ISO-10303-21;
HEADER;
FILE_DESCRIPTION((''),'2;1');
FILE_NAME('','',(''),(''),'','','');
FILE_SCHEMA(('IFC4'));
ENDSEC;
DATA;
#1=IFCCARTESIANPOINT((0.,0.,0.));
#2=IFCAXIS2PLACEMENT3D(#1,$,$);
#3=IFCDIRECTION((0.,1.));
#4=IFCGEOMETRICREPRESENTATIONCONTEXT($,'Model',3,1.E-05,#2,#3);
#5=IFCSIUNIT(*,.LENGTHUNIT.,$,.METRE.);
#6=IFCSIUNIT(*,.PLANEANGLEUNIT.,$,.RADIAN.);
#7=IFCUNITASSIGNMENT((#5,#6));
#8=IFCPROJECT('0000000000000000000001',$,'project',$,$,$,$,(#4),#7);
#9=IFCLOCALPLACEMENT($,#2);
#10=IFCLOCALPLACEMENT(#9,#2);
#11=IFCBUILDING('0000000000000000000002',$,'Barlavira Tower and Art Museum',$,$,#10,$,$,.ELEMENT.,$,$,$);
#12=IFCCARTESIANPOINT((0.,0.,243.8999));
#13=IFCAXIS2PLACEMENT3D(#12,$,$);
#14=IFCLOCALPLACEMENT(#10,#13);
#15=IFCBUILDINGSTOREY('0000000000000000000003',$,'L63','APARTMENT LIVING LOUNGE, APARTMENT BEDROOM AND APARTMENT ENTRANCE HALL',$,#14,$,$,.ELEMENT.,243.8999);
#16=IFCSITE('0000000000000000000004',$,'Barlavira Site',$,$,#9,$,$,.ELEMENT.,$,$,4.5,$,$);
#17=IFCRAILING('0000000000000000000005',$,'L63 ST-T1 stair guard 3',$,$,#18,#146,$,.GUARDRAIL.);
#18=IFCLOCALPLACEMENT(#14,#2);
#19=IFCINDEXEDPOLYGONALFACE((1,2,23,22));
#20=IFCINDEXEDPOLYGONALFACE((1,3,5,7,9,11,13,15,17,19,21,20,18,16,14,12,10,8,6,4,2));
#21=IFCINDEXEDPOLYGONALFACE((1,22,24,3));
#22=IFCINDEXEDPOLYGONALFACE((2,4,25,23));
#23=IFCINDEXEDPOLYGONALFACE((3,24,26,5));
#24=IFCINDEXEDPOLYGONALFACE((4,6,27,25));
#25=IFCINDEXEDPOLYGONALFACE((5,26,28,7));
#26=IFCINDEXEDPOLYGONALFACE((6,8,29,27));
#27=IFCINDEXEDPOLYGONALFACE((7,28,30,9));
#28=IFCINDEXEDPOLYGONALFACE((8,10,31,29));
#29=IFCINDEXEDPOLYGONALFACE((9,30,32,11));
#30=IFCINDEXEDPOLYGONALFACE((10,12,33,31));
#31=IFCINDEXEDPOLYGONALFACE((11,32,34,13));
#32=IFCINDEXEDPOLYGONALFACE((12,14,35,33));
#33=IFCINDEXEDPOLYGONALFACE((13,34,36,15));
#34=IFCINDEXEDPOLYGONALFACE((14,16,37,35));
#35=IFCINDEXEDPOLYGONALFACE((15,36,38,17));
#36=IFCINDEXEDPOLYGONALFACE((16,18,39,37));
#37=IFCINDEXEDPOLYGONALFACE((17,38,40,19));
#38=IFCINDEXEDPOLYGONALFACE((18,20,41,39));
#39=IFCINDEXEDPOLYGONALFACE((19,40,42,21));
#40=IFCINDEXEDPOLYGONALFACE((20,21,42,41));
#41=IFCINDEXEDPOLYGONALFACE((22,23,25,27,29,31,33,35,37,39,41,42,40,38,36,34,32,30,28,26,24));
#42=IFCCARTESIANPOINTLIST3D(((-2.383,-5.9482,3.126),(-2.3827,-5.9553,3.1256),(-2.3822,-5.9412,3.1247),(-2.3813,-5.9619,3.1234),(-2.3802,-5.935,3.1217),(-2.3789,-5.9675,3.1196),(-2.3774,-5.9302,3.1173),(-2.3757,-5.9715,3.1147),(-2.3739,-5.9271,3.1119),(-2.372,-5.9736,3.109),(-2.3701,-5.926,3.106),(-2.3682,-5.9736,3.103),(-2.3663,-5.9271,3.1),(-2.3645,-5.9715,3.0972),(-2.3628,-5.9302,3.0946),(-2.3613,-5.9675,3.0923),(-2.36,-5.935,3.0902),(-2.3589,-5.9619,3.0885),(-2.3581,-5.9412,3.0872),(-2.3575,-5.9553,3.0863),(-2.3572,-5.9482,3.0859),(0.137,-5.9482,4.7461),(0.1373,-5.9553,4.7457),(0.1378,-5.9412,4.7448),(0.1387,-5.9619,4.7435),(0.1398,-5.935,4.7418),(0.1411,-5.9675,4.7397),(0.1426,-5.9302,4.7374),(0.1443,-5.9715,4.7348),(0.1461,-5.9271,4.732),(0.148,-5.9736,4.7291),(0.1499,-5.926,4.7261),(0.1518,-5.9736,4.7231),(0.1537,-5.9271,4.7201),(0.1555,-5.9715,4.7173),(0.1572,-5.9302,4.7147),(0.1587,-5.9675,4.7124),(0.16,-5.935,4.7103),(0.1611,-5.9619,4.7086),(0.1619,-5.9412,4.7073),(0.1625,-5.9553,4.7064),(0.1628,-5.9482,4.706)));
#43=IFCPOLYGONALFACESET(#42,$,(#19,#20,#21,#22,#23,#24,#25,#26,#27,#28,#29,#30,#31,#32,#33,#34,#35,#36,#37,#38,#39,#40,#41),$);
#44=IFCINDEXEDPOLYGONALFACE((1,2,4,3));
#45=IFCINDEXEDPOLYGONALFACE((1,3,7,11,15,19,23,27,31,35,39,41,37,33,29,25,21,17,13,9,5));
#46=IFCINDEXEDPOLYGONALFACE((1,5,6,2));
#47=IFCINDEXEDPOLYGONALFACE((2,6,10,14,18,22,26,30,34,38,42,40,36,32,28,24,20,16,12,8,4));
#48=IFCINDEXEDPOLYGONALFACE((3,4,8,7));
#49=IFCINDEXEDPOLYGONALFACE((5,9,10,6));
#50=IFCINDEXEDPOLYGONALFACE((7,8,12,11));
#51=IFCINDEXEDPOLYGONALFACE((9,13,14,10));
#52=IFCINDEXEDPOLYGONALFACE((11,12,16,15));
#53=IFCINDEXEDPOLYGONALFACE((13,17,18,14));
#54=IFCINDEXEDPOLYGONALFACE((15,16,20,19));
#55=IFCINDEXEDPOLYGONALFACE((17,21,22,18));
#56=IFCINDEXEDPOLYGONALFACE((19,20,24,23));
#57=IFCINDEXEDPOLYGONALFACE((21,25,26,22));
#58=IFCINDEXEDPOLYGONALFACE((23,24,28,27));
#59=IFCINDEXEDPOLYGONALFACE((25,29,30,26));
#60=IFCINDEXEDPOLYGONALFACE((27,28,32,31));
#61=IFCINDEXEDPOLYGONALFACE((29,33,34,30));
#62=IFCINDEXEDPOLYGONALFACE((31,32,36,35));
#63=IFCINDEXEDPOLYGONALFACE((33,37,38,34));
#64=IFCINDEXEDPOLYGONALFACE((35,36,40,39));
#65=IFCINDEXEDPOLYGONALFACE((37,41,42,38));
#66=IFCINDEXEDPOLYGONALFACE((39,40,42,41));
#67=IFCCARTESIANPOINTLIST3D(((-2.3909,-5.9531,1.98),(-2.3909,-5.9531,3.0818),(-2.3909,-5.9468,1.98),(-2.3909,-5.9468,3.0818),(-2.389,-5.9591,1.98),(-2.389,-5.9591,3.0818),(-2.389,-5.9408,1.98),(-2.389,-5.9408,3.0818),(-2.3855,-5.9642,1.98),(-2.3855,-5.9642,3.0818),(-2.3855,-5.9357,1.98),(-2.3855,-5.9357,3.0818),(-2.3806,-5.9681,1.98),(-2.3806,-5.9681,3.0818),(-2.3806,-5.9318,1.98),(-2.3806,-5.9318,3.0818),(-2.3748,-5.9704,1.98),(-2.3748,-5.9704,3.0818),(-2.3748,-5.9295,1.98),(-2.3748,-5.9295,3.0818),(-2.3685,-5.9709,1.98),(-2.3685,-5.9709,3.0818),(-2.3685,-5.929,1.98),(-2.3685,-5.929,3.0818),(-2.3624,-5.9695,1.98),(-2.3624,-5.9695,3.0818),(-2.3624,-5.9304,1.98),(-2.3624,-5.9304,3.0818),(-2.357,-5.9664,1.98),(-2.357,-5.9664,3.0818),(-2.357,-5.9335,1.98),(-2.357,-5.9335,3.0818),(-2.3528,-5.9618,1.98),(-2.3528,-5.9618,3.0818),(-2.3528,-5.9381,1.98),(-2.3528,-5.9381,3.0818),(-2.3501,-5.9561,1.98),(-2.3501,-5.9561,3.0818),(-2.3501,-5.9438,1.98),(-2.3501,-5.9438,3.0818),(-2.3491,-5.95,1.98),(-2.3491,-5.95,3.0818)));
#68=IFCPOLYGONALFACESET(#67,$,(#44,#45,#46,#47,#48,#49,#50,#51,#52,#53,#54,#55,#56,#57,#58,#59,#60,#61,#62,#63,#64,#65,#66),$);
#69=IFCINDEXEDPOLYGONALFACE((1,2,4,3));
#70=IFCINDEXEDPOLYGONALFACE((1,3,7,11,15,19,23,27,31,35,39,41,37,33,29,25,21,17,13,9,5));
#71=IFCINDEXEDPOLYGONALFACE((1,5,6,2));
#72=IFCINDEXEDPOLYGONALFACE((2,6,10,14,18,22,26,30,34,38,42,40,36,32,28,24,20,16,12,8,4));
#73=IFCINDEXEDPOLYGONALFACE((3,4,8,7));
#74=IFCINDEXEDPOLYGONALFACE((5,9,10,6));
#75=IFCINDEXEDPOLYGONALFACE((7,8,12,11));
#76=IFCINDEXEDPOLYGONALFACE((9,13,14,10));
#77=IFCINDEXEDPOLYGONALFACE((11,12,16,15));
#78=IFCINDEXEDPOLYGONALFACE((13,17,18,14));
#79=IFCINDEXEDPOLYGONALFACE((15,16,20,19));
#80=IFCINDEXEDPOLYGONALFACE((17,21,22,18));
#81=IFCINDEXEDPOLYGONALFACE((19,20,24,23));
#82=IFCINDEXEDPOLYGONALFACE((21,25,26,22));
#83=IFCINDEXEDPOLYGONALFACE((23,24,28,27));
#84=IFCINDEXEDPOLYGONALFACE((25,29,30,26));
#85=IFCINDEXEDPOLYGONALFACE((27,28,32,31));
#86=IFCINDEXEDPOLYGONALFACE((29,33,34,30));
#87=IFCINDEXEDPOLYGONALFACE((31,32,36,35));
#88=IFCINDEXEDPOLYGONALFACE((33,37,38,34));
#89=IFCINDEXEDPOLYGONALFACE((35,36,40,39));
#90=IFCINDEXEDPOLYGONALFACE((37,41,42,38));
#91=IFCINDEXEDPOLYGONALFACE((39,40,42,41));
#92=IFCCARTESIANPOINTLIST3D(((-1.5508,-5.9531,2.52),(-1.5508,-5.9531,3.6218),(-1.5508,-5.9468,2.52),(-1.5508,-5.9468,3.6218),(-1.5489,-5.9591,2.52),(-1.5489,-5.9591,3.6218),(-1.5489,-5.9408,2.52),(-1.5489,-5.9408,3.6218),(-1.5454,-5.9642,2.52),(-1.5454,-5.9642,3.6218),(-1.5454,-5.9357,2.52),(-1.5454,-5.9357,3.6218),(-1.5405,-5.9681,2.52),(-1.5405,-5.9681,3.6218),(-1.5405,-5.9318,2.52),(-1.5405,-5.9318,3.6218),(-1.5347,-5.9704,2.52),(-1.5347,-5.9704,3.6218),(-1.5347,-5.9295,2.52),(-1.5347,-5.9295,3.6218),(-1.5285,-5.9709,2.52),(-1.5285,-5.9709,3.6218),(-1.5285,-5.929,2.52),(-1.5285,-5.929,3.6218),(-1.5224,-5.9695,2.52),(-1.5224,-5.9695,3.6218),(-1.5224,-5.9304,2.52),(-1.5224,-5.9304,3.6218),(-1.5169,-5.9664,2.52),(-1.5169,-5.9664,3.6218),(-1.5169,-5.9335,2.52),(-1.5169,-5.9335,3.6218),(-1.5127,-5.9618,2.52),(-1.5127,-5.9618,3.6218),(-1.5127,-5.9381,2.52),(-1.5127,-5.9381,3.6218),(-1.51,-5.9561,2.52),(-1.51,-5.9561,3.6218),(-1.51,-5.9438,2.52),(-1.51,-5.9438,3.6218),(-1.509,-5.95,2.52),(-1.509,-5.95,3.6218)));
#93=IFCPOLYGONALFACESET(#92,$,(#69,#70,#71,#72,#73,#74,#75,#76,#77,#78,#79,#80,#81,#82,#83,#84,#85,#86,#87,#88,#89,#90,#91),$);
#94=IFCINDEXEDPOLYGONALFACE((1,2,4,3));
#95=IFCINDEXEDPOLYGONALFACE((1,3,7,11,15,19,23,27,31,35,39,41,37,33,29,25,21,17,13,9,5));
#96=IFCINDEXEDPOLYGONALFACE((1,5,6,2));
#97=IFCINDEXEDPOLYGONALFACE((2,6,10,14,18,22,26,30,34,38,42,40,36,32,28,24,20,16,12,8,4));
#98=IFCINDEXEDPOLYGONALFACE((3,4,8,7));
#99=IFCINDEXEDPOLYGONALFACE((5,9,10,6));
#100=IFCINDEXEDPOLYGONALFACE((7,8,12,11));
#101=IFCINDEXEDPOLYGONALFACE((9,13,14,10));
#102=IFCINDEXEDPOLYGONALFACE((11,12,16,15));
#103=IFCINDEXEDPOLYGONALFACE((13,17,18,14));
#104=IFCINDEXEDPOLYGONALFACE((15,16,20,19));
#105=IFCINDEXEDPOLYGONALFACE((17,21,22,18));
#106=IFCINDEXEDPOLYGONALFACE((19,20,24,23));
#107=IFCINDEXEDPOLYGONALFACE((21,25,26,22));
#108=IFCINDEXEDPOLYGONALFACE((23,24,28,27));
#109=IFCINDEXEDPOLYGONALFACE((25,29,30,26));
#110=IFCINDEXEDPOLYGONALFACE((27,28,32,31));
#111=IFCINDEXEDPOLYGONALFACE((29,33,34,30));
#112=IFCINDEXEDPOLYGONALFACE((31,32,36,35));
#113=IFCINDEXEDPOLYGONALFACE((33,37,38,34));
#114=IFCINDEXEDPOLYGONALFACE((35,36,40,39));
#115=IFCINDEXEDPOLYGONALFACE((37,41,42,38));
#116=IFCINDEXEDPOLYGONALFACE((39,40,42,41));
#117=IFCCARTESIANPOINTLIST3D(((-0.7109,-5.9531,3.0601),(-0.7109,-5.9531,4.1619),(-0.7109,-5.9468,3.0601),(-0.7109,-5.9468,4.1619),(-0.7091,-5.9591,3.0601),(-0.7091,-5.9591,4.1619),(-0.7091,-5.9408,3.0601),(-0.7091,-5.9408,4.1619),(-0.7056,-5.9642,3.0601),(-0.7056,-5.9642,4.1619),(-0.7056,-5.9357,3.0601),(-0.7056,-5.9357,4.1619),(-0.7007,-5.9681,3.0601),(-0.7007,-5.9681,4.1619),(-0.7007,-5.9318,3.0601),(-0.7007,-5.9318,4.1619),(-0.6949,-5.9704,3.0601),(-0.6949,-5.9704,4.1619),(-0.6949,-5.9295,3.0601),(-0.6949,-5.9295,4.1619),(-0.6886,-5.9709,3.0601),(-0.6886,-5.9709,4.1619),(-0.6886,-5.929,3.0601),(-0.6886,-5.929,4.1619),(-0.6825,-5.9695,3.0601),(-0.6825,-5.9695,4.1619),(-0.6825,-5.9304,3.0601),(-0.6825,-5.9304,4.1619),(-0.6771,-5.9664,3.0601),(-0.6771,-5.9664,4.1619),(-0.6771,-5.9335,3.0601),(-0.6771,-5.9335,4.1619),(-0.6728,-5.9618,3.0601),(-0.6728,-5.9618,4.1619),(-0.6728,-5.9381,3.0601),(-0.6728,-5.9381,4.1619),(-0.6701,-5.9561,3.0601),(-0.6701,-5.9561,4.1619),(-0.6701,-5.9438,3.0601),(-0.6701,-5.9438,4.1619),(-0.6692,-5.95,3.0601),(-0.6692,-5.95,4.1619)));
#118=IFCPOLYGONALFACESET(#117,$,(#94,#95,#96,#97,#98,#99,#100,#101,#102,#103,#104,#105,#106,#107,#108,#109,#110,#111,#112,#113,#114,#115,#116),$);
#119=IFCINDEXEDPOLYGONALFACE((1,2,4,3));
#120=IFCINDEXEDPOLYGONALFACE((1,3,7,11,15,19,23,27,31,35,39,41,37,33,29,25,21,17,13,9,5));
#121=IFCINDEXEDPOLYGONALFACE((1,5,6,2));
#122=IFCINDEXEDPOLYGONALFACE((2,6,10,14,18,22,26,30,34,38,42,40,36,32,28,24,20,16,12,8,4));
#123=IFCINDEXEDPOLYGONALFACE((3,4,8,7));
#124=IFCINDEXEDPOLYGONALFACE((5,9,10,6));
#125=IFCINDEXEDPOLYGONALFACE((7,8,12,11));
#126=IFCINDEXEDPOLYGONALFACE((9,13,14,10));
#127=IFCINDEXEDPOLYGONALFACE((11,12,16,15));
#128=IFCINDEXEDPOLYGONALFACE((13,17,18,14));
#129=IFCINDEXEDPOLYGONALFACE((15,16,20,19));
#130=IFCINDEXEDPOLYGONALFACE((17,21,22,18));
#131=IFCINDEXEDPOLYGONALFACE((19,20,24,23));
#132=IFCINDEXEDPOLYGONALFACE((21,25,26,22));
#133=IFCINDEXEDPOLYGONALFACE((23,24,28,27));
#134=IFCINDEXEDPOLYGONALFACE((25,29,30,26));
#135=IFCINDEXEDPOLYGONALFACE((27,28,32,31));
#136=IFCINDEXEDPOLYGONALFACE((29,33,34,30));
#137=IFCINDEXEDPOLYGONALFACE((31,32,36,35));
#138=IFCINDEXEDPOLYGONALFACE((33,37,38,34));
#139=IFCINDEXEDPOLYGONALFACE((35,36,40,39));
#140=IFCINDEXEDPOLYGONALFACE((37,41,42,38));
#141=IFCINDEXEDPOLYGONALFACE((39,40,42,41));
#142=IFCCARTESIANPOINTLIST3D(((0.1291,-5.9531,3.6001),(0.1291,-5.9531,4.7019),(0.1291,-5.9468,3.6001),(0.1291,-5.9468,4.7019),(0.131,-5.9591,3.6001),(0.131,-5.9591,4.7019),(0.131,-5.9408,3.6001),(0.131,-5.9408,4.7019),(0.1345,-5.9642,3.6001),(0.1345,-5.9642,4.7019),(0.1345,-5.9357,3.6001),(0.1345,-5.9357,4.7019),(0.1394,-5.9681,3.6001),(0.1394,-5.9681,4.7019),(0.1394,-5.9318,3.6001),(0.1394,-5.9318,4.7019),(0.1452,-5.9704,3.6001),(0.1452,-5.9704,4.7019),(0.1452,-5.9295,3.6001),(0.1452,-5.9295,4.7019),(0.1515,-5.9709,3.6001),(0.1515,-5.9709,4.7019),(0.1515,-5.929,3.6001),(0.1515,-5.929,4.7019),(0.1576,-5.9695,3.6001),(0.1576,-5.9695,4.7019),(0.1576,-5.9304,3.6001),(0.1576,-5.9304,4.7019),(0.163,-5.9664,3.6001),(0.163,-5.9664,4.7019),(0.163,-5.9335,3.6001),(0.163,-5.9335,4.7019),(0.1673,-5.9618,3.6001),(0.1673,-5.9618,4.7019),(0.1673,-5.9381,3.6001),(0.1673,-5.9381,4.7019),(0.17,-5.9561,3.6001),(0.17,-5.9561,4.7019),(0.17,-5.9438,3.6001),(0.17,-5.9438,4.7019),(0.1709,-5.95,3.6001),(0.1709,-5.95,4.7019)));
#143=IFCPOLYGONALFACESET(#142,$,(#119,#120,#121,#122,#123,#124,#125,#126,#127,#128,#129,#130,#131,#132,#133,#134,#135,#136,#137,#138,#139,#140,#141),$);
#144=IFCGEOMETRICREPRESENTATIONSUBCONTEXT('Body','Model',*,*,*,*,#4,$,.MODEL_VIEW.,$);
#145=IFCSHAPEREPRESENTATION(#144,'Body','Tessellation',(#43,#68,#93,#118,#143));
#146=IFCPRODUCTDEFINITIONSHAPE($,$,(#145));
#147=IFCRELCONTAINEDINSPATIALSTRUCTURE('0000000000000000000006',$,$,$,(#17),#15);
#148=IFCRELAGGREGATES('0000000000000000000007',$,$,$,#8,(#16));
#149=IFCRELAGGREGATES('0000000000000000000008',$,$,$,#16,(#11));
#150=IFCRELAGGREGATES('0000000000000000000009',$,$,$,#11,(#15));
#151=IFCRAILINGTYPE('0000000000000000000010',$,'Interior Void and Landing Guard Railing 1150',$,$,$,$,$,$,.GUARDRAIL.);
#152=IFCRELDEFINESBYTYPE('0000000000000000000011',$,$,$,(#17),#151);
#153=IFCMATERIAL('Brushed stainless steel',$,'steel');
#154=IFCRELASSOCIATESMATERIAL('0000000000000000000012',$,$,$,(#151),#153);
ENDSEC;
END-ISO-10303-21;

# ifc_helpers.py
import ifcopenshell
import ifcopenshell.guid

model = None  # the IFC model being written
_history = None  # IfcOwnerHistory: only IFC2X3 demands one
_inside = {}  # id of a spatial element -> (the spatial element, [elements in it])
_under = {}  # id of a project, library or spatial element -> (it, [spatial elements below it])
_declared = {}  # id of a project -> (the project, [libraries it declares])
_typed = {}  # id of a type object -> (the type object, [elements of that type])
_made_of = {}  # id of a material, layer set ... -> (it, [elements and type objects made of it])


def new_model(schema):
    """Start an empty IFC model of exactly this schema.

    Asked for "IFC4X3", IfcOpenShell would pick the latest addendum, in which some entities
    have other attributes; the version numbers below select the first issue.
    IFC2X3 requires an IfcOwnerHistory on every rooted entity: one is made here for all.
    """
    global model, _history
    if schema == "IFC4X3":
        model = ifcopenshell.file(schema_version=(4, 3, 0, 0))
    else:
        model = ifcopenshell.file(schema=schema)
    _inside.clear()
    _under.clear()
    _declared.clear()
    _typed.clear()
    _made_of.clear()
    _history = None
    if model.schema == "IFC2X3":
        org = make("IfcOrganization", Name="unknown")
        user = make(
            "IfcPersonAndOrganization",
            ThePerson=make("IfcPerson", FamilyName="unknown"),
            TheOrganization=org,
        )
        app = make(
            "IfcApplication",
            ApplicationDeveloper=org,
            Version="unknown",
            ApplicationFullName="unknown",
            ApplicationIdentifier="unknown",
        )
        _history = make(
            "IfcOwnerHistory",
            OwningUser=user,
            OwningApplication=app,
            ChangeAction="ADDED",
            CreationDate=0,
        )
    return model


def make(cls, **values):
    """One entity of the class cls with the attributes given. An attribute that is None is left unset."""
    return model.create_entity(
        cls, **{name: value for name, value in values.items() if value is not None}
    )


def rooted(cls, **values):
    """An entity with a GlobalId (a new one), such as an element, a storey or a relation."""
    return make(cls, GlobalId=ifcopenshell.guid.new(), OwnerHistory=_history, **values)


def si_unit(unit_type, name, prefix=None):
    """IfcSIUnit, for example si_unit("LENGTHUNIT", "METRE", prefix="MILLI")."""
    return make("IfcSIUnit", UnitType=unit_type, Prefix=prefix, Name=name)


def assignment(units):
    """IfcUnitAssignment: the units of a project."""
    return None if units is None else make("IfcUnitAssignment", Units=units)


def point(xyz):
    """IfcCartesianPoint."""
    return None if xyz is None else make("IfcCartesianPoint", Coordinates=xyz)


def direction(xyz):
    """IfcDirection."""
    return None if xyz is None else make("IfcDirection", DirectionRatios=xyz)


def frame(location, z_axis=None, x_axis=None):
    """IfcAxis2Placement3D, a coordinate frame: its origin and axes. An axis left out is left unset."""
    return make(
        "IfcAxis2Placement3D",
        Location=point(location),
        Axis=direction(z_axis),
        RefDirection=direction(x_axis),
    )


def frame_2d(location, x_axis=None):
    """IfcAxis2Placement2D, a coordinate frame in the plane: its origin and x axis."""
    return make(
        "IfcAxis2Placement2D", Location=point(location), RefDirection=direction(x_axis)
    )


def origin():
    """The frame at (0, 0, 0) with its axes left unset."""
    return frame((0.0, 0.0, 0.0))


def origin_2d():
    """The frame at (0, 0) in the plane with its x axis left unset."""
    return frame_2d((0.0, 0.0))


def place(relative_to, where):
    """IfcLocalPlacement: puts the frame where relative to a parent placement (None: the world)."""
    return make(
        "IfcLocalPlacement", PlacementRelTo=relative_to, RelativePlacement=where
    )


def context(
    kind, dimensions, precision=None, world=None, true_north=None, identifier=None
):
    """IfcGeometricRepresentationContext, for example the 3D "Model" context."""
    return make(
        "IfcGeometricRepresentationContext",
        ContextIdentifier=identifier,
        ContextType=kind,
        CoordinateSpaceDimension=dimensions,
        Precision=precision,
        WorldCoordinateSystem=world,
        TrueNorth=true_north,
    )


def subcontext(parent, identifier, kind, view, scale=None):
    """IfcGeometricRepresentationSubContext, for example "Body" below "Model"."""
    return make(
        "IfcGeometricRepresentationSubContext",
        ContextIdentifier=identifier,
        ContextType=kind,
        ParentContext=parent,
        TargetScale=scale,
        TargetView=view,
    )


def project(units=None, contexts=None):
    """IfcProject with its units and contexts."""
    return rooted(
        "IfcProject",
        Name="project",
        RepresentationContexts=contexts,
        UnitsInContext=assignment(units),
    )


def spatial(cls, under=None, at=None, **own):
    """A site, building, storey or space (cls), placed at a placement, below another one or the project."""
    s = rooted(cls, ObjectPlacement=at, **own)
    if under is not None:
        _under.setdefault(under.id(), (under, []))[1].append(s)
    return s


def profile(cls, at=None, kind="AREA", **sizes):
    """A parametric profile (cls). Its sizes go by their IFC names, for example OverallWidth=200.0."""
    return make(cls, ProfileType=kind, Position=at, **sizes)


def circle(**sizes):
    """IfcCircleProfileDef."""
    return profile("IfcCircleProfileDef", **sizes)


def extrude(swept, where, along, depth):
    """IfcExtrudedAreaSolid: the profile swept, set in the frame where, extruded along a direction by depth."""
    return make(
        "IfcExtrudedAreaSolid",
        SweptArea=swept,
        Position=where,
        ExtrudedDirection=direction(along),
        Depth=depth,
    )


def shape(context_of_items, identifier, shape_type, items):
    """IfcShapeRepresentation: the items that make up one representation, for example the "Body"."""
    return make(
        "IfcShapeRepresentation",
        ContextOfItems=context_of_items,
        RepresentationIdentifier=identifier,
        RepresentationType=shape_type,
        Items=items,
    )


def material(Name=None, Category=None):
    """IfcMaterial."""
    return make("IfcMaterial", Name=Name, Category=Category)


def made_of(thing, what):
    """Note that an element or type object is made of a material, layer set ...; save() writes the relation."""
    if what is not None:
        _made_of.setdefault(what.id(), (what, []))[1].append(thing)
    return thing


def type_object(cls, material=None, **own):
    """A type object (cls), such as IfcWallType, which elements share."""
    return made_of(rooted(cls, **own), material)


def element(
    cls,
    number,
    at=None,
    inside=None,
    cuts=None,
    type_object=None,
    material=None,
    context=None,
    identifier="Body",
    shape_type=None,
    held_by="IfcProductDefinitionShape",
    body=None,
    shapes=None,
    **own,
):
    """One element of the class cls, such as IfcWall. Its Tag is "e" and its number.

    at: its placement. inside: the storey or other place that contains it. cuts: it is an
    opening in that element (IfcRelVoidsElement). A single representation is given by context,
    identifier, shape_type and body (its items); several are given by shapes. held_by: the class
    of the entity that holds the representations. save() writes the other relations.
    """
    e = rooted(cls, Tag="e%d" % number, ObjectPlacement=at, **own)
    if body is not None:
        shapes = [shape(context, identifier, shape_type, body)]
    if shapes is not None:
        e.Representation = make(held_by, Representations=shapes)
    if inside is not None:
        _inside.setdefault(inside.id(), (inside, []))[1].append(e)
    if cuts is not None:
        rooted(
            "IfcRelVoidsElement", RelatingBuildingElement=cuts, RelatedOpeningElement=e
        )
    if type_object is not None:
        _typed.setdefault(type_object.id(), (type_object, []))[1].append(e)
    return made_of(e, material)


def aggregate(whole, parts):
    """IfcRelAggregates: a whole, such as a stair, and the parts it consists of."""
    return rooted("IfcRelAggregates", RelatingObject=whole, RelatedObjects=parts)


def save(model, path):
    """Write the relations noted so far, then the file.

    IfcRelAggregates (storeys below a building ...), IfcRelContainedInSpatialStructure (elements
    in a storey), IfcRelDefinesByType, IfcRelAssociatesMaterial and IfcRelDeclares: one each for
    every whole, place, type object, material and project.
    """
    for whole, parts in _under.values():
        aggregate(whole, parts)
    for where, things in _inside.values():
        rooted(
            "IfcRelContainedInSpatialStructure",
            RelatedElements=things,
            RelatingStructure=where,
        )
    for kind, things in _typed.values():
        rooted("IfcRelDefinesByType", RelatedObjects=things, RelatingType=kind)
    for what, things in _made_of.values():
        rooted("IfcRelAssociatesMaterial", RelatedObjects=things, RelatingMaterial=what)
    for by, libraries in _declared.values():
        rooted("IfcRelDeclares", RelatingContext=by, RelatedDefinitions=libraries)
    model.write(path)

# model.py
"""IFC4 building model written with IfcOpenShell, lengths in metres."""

from ifc_helpers import new_model, si_unit, direction, frame, origin, origin_2d, place, context, subcontext, project, spatial, circle, extrude, material, type_object, element, save


model = new_model("IFC4")

# Units and contexts
model_context = context("Model", 3, precision=1e-05, world=origin(), true_north=direction((0.0, 1.0)))
body_context = subcontext(model_context, "Body", "Model", "MODEL_VIEW")
ifc_project = project(units=[si_unit("LENGTHUNIT", "METRE"), si_unit("PLANEANGLEUNIT", "RADIAN")], contexts=[model_context])

# Site, building, storey
site_placement = place(None, origin())
site = spatial("IfcSite", under=ifc_project, at=site_placement, Name="Barlavira Site", CompositionType="ELEMENT", RefElevation=4.5)
building_placement = place(site_placement, origin())
building = spatial("IfcBuilding", under=site, at=building_placement, Name="Barlavira Tower and Art Museum", CompositionType="ELEMENT")
storey_placement = place(building_placement, frame((0.0, 0.0, 243.8999)))
storey = spatial("IfcBuildingStorey", under=building, at=storey_placement, Name="L63", Description="APARTMENT LIVING LOUNGE, APARTMENT BEDROOM AND APARTMENT ENTRANCE HALL", CompositionType="ELEMENT", Elevation=243.8999)

# Shared definitions
ifc_material_1 = material(Name="Brushed stainless steel", Category="steel")

# Railing
railing_type_1 = type_object("IfcRailingType", Name="Interior Void and Landing Guard Railing 1150", PredefinedType="GUARDRAIL", material=ifc_material_1)
railing_1_placement = place(storey_placement, frame((-2.3701, -5.95, 1.98)))
element("IfcRailing", 1, at=railing_1_placement, inside=storey, type_object=railing_type_1, Name="L63 ST-T1 stair guard 3", PredefinedType="GUARDRAIL", context=body_context, shape_type="SweptSolid", body=[
    extrude(circle(Radius=0.0239, at=origin_2d()), frame((0.0, 0.0, 1.126), z_axis=(0.841163, 0.0, 0.540782), x_axis=(0.0, 1.0, 0.0)), (0.0, 0.0, 1.0), 2.9958),
    extrude(circle(Radius=0.021, at=origin_2d()), origin(), (0.0, 0.0, 1.0), 1.1018),
    extrude(circle(Radius=0.021, at=origin_2d()), frame((0.8401, 0.0, 0.54)), (0.0, 0.0, 1.0), 1.1018),
    extrude(circle(Radius=0.021, at=origin_2d()), frame((1.6799, 0.0, 1.0801)), (0.0, 0.0, 1.0), 1.1018),
    extrude(circle(Radius=0.021, at=origin_2d()), frame((2.52, 0.0, 1.6201)), (0.0, 0.0, 1.0), 1.1018),
])

save(model, "model.ifc")
